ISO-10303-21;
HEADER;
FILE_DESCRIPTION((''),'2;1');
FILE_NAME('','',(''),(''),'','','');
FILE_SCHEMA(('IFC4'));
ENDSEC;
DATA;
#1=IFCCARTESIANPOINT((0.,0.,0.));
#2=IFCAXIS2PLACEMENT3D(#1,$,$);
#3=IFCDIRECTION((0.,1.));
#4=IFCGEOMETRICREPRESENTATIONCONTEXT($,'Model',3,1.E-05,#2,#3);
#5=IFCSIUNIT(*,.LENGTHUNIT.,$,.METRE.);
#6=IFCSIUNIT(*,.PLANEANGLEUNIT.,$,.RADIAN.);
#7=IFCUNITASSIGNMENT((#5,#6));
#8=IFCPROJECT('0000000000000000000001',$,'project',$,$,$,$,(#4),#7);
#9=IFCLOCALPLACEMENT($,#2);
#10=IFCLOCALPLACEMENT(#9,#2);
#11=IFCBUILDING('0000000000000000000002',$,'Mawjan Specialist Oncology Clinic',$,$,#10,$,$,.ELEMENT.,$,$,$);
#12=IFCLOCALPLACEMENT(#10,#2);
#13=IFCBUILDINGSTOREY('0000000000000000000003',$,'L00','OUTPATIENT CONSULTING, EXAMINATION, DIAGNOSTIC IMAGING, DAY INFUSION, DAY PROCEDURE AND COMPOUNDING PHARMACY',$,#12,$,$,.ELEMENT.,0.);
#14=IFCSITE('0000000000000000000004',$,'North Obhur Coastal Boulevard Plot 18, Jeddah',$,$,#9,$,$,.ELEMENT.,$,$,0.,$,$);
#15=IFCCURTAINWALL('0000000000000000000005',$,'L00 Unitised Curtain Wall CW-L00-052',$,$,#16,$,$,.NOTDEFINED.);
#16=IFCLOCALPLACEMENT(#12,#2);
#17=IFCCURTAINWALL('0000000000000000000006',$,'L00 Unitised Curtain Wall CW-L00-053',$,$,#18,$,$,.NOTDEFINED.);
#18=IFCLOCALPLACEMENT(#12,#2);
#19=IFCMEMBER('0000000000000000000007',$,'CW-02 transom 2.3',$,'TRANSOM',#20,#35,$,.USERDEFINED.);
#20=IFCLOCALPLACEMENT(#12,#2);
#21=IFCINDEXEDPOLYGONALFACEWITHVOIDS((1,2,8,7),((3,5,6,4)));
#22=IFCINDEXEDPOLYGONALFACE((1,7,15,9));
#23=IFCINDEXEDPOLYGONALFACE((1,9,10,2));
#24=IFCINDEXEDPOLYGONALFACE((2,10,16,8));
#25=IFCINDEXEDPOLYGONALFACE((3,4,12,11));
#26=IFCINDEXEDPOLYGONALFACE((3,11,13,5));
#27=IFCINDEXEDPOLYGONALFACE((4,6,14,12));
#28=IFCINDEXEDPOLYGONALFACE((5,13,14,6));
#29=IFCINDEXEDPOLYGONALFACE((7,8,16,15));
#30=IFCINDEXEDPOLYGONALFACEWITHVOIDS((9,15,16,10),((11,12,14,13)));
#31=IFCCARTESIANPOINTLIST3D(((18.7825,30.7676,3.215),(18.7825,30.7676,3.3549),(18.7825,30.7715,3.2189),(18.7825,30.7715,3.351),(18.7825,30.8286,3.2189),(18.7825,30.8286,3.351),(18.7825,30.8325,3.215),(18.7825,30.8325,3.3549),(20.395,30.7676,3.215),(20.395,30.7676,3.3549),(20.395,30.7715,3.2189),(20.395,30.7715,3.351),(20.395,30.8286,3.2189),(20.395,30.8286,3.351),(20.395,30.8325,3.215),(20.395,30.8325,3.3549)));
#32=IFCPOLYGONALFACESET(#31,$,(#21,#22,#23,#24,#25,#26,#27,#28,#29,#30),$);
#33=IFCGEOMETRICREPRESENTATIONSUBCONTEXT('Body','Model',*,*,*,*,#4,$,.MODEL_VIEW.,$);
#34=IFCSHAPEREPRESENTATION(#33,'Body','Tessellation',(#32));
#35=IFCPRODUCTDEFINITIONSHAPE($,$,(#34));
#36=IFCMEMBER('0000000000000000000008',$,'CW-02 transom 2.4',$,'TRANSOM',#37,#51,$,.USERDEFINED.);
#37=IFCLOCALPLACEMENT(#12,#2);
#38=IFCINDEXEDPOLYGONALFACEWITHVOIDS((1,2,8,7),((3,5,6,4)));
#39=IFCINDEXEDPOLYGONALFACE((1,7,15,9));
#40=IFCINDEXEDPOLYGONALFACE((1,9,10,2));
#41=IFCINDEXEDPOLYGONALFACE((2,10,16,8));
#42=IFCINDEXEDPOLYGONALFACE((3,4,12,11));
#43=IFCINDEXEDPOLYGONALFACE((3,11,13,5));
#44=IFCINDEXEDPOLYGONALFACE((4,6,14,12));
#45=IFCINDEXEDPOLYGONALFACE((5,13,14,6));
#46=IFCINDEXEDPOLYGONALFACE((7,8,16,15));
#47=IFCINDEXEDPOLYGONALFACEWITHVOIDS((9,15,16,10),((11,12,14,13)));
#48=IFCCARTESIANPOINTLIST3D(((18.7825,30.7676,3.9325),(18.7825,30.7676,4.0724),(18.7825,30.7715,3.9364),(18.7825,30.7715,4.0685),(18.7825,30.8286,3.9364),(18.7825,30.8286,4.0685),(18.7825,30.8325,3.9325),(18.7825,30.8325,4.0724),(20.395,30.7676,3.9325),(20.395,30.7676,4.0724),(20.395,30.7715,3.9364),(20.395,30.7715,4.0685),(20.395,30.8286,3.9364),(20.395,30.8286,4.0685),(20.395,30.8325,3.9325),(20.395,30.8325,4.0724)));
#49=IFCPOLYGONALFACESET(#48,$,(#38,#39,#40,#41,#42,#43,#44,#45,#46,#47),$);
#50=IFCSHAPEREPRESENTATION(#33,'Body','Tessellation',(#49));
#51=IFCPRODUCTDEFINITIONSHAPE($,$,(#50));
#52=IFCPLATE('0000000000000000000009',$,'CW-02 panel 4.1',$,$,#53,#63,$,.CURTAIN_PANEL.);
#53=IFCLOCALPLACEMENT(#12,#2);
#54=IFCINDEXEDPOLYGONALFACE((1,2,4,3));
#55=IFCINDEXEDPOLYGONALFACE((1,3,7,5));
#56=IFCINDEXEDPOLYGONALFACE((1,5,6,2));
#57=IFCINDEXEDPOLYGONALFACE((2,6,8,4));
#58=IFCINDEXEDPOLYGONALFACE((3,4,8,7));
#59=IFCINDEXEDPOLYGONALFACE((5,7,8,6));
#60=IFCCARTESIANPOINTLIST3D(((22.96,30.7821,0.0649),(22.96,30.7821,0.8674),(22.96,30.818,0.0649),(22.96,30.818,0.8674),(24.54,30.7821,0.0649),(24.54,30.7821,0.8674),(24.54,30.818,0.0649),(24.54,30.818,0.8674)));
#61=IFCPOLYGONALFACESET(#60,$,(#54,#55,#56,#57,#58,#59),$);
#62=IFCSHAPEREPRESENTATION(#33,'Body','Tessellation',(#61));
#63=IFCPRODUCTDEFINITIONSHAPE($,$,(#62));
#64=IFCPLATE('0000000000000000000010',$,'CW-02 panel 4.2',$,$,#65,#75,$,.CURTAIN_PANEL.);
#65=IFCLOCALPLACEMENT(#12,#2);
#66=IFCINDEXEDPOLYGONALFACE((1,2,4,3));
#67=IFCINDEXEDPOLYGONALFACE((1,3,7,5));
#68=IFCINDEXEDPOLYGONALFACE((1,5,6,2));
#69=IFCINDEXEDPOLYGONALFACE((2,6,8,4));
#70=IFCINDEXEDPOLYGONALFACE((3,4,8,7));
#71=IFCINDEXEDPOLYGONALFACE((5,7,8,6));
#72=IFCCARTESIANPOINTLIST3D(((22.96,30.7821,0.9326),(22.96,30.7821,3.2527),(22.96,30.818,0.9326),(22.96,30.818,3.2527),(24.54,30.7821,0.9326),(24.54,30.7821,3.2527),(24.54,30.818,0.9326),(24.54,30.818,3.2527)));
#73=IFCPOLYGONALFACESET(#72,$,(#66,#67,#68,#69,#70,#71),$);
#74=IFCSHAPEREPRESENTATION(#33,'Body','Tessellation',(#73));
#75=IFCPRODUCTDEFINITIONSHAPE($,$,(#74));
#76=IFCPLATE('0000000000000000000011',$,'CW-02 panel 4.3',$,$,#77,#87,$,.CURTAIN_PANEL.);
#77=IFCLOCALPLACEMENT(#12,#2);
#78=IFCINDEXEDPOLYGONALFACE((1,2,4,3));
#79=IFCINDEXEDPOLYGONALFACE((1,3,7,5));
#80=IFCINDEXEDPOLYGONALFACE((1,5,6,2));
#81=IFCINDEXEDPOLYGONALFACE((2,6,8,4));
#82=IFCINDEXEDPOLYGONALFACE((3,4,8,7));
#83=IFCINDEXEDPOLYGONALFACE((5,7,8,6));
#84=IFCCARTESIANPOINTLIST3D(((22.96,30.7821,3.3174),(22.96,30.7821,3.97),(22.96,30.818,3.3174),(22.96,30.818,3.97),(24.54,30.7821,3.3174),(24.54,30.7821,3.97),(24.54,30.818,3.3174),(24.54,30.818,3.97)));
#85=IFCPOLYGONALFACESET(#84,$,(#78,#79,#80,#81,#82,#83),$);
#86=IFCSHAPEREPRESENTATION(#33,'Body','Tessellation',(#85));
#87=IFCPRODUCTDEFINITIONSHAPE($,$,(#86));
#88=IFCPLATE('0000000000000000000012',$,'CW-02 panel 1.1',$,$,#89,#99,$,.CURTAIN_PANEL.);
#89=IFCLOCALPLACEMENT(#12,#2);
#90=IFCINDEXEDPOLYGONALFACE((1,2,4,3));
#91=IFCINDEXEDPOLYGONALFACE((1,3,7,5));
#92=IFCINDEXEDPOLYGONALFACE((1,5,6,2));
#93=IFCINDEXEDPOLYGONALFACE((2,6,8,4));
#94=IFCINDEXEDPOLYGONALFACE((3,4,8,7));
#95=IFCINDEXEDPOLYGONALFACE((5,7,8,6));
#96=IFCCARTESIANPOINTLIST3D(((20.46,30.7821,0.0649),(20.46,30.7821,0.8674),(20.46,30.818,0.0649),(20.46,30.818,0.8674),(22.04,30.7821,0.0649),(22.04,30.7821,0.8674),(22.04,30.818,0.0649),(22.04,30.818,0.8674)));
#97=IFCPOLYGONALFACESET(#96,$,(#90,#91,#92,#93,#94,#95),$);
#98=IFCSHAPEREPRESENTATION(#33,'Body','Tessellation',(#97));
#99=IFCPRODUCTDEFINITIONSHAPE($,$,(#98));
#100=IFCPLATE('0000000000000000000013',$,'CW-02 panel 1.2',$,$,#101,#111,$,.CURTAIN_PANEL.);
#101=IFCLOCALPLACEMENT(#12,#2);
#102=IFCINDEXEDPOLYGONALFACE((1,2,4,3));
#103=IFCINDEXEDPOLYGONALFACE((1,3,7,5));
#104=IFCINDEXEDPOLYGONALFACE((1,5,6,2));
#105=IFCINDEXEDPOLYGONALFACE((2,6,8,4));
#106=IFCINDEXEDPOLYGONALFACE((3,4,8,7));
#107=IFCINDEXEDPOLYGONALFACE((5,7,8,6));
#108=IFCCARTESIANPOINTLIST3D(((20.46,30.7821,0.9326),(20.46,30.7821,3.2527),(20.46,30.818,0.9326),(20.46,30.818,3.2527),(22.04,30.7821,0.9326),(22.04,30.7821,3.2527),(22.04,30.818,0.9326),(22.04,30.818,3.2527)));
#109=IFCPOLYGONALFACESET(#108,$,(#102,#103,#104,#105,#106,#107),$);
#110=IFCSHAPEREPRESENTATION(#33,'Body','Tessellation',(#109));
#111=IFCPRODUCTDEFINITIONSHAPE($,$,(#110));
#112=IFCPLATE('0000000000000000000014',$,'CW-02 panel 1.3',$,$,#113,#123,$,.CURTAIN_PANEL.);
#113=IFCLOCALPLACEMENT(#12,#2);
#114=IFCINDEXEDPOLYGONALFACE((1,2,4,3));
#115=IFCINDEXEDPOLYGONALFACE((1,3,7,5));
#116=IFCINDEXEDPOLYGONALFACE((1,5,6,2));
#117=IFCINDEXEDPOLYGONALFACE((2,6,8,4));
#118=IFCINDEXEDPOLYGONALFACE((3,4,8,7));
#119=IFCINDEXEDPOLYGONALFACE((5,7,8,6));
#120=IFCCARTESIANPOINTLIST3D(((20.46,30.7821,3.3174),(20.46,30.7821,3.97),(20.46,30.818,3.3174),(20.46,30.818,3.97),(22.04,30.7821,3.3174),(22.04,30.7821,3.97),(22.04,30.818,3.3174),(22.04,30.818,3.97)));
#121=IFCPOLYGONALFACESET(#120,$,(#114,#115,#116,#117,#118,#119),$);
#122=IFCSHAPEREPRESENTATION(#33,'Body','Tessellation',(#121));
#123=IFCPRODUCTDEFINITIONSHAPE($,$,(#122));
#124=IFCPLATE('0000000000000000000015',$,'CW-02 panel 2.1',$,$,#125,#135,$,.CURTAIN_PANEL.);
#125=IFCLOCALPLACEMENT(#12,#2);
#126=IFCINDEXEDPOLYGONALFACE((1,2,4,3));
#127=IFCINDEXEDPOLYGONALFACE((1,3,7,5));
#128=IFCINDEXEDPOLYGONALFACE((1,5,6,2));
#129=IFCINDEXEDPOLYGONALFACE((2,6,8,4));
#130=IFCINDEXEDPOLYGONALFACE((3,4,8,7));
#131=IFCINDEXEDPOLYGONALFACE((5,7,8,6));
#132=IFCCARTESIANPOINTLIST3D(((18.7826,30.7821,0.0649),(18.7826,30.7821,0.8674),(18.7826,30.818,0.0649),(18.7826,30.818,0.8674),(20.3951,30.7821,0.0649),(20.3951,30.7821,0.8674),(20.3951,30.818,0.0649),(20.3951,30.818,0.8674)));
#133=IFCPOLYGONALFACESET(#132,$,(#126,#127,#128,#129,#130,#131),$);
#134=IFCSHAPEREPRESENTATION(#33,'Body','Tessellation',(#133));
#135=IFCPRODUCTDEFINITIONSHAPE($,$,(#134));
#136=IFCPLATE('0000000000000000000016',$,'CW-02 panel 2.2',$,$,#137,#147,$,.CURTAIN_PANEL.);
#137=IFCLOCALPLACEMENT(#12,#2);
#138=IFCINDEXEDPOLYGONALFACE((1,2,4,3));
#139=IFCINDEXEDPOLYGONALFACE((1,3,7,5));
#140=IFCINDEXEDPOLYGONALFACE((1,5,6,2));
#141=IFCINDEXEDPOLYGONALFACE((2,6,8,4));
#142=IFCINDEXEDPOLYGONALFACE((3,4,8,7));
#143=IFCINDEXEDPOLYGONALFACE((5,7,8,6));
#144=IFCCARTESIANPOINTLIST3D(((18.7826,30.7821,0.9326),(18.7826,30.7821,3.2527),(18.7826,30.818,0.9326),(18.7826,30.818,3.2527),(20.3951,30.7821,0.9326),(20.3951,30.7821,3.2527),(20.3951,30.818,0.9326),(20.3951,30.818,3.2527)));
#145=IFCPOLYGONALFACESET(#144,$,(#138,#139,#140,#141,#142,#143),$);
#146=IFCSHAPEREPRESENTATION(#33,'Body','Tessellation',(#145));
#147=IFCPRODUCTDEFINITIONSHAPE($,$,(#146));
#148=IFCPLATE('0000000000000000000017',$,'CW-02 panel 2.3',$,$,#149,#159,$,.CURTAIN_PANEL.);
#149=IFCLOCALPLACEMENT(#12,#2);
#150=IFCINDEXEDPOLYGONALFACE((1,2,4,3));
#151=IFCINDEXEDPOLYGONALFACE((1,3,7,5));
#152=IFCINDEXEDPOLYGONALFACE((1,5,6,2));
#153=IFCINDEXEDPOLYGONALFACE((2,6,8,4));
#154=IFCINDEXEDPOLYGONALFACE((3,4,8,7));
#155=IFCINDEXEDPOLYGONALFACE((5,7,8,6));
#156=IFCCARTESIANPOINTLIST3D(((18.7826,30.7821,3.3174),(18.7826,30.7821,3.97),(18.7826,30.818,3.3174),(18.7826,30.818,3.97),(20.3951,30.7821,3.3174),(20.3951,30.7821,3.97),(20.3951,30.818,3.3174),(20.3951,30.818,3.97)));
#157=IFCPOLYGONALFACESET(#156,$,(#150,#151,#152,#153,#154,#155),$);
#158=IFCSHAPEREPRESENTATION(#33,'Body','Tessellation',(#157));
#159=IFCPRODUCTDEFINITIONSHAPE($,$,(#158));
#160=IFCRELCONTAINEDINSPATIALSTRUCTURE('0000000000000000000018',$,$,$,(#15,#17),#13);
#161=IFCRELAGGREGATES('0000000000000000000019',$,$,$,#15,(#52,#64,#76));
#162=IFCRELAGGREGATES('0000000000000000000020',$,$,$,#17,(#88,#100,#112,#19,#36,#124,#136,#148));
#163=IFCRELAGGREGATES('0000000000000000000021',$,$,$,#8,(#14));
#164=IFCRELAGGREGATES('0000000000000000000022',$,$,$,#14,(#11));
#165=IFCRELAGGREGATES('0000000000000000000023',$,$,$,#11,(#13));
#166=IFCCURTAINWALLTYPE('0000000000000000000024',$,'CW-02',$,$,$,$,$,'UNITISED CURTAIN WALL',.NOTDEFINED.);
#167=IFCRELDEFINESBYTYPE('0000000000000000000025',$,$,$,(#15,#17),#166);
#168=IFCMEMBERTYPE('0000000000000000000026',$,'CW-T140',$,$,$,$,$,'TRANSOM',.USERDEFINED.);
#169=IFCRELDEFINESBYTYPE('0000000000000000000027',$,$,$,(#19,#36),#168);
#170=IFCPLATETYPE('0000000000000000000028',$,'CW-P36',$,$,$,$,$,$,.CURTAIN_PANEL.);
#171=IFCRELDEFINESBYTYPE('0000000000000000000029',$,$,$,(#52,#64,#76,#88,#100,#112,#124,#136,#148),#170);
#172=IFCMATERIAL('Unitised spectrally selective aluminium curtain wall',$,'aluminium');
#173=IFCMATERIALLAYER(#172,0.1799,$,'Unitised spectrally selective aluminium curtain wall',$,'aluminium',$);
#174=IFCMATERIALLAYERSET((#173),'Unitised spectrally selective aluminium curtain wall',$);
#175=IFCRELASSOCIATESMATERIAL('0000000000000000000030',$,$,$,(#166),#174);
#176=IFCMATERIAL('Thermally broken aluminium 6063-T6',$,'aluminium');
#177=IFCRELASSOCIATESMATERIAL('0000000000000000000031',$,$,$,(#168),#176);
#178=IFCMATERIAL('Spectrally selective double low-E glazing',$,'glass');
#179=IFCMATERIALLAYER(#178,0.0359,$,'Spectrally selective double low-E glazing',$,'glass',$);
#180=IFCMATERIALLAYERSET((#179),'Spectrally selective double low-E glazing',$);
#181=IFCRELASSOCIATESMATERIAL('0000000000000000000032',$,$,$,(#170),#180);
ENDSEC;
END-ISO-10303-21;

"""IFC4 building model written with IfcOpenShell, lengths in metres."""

from ifc_helpers import new_model, si_unit, direction, frame, origin, origin_2d, place, context, subcontext, project, spatial, rectangle, hollow_rectangle, extrude, material, layer, layer_set, material_profile, profile_set, type_object, element, aggregate, save


model = new_model("IFC4")

# Units and contexts
model_context = context("Model", 3, precision=1e-05, world=origin(), true_north=direction((0.0, 1.0)))
body_context = subcontext(model_context, "Body", "Model", "MODEL_VIEW")
ifc_project = project(units=[si_unit("LENGTHUNIT", "METRE"), si_unit("PLANEANGLEUNIT", "RADIAN")], contexts=[model_context])

# Site, building, storey
site_placement = place(None, origin())
site = spatial("IfcSite", under=ifc_project, at=site_placement, Name="North Obhur Coastal Boulevard Plot 18, Jeddah", CompositionType="ELEMENT", RefElevation=0.0)
building_placement = place(site_placement, origin())
building = spatial("IfcBuilding", under=site, at=building_placement, Name="Mawjan Specialist Oncology Clinic", CompositionType="ELEMENT")
storey_placement = place(building_placement, origin())
storey = spatial("IfcBuildingStorey", under=building, at=storey_placement, Name="L00", Description="OUTPATIENT CONSULTING, EXAMINATION, DIAGNOSTIC IMAGING, DAY INFUSION, DAY PROCEDURE AND COMPOUNDING PHARMACY", CompositionType="ELEMENT", Elevation=0.0)

# Curtain wall
ifc_material_1 = material(Name="Unitised spectrally selective aluminium curtain wall", Category="aluminium")
ifc_layer_1 = layer(ifc_material_1, 0.1799, Name="Unitised spectrally selective aluminium curtain wall", Category="aluminium")
ifc_layer_set_1 = layer_set([ifc_layer_1], Name="Unitised spectrally selective aluminium curtain wall")
curtain_wall_type = type_object("IfcCurtainWallType", Name="CW-02", ElementType="UNITISED CURTAIN WALL", PredefinedType="NOTDEFINED", material=ifc_layer_set_1)
curtain_wall_1_placement = place(storey_placement, origin())
curtain_wall_1 = element("IfcCurtainWall", 1, at=curtain_wall_1_placement, inside=storey, type_object=curtain_wall_type, Name="L00 Unitised Curtain Wall CW-L00-052", PredefinedType="NOTDEFINED")

# Curtain wall, members
curtain_wall_2_placement = place(storey_placement, origin())
curtain_wall_2 = element("IfcCurtainWall", 2, at=curtain_wall_2_placement, inside=storey, type_object=curtain_wall_type, Name="L00 Unitised Curtain Wall CW-L00-053", PredefinedType="NOTDEFINED")
ifc_material_2 = material(Name="Thermally broken aluminium 6063-T6", Category="aluminium")
ifc_material_profile_1 = material_profile(ifc_material_2, hollow_rectangle(XDim=0.0649, YDim=0.1399, WallThickness=0.0039, at=origin_2d()), Name="ALU TRANSOM 140x65x4", Category="aluminium")
ifc_profile_set_1 = profile_set([ifc_material_profile_1], Name="Thermally broken aluminium 6063-T6")
member_type_1 = type_object("IfcMemberType", Name="CW-T140", ElementType="TRANSOM", PredefinedType="USERDEFINED", material=ifc_profile_set_1)
member_1_placement = place(storey_placement, frame((20.395, 30.8, 3.2849), z_axis=(-1.0, 0.0, 0.0), x_axis=(0.0, -1.0, 0.0)))
member_1 = element("IfcMember", 3, at=member_1_placement, type_object=member_type_1, Name="CW-02 transom 2.3", ObjectType="TRANSOM", PredefinedType="USERDEFINED", context=body_context, shape_type="SweptSolid", body=[
    extrude(hollow_rectangle(XDim=0.0649, YDim=0.1399, WallThickness=0.0039, at=origin_2d()), origin(), (0.0, 0.0, 1.0), 1.6125),
])
member_2_placement = place(storey_placement, frame((20.395, 30.8, 4.0024), z_axis=(-1.0, 0.0, 0.0), x_axis=(0.0, -1.0, 0.0)))
member_2 = element("IfcMember", 4, at=member_2_placement, type_object=member_type_1, Name="CW-02 transom 2.4", ObjectType="TRANSOM", PredefinedType="USERDEFINED", context=body_context, shape_type="SweptSolid", body=[
    extrude(hollow_rectangle(XDim=0.0649, YDim=0.1399, WallThickness=0.0039, at=origin_2d()), origin(), (0.0, 0.0, 1.0), 1.6125),
])

# Plates
ifc_material_3 = material(Name="Spectrally selective double low-E glazing", Category="glass")
ifc_layer_2 = layer(ifc_material_3, 0.0359, Name="Spectrally selective double low-E glazing", Category="glass")
ifc_layer_set_2 = layer_set([ifc_layer_2], Name="Spectrally selective double low-E glazing")
plate_type = type_object("IfcPlateType", Name="CW-P36", PredefinedType="CURTAIN_PANEL", material=ifc_layer_set_2)
plate_1_placement = place(storey_placement, frame((23.75, 30.8, 0.0649), z_axis=(0.0, 0.0, 1.0), x_axis=(-1.0, 0.0, 0.0)))
plate_1 = element("IfcPlate", 5, at=plate_1_placement, type_object=plate_type, Name="CW-02 panel 4.1", PredefinedType="CURTAIN_PANEL", context=body_context, shape_type="SweptSolid", body=[
    extrude(rectangle(XDim=1.5801, YDim=0.0359, at=origin_2d()), origin(), (0.0, 0.0, 1.0), 0.8025),
])
plate_2_placement = place(storey_placement, frame((23.75, 30.8, 0.9326), z_axis=(0.0, 0.0, 1.0), x_axis=(-1.0, 0.0, 0.0)))
plate_2 = element("IfcPlate", 6, at=plate_2_placement, type_object=plate_type, Name="CW-02 panel 4.2", PredefinedType="CURTAIN_PANEL", context=body_context, shape_type="SweptSolid", body=[
    extrude(rectangle(XDim=1.5801, YDim=0.0359, at=origin_2d()), origin(), (0.0, 0.0, 1.0), 2.3201),
])
plate_3_placement = place(storey_placement, frame((23.75, 30.8, 3.3174), z_axis=(0.0, 0.0, 1.0), x_axis=(-1.0, 0.0, 0.0)))
plate_3 = element("IfcPlate", 7, at=plate_3_placement, type_object=plate_type, Name="CW-02 panel 4.3", PredefinedType="CURTAIN_PANEL", context=body_context, shape_type="SweptSolid", body=[
    extrude(rectangle(XDim=1.5801, YDim=0.0359, at=origin_2d()), origin(), (0.0, 0.0, 1.0), 0.6526),
])
aggregate(curtain_wall_1, [plate_1, plate_2, plate_3])
plate_4_placement = place(storey_placement, frame((21.25, 30.8, 0.0649), z_axis=(0.0, 0.0, 1.0), x_axis=(-1.0, 0.0, 0.0)))
plate_4 = element("IfcPlate", 8, at=plate_4_placement, type_object=plate_type, Name="CW-02 panel 1.1", PredefinedType="CURTAIN_PANEL", context=body_context, shape_type="SweptSolid", body=[
    extrude(rectangle(XDim=1.5801, YDim=0.0359, at=origin_2d()), origin(), (0.0, 0.0, 1.0), 0.8025),
])
plate_5_placement = place(storey_placement, frame((21.25, 30.8, 0.9326), z_axis=(0.0, 0.0, 1.0), x_axis=(-1.0, 0.0, 0.0)))
plate_5 = element("IfcPlate", 9, at=plate_5_placement, type_object=plate_type, Name="CW-02 panel 1.2", PredefinedType="CURTAIN_PANEL", context=body_context, shape_type="SweptSolid", body=[
    extrude(rectangle(XDim=1.5801, YDim=0.0359, at=origin_2d()), origin(), (0.0, 0.0, 1.0), 2.3201),
])
plate_6_placement = place(storey_placement, frame((21.25, 30.8, 3.3174), z_axis=(0.0, 0.0, 1.0), x_axis=(-1.0, 0.0, 0.0)))
plate_6 = element("IfcPlate", 10, at=plate_6_placement, type_object=plate_type, Name="CW-02 panel 1.3", PredefinedType="CURTAIN_PANEL", context=body_context, shape_type="SweptSolid", body=[
    extrude(rectangle(XDim=1.5801, YDim=0.0359, at=origin_2d()), origin(), (0.0, 0.0, 1.0), 0.6526),
])
plate_7_placement = place(storey_placement, frame((19.5889, 30.8, 0.0649), z_axis=(0.0, 0.0, 1.0), x_axis=(-1.0, 0.0, 0.0)))
plate_7 = element("IfcPlate", 11, at=plate_7_placement, type_object=plate_type, Name="CW-02 panel 2.1", PredefinedType="CURTAIN_PANEL", context=body_context, shape_type="SweptSolid", body=[
    extrude(rectangle(XDim=1.6125, YDim=0.0359, at=origin_2d()), origin(), (0.0, 0.0, 1.0), 0.8025),
])
plate_8_placement = place(storey_placement, frame((19.5889, 30.8, 0.9326), z_axis=(0.0, 0.0, 1.0), x_axis=(-1.0, 0.0, 0.0)))
plate_8 = element("IfcPlate", 12, at=plate_8_placement, type_object=plate_type, Name="CW-02 panel 2.2", PredefinedType="CURTAIN_PANEL", context=body_context, shape_type="SweptSolid", body=[
    extrude(rectangle(XDim=1.6125, YDim=0.0359, at=origin_2d()), origin(), (0.0, 0.0, 1.0), 2.3201),
])
plate_9_placement = place(storey_placement, frame((19.5889, 30.8, 3.3174), z_axis=(0.0, 0.0, 1.0), x_axis=(-1.0, 0.0, 0.0)))
plate_9 = element("IfcPlate", 13, at=plate_9_placement, type_object=plate_type, Name="CW-02 panel 2.3", PredefinedType="CURTAIN_PANEL", context=body_context, shape_type="SweptSolid", body=[
    extrude(rectangle(XDim=1.6125, YDim=0.0359, at=origin_2d()), origin(), (0.0, 0.0, 1.0), 0.6526),
])
aggregate(curtain_wall_2, [plate_4, plate_5, plate_6, member_1, member_2, plate_7, plate_8, plate_9])

save(model, "model.ifc")
